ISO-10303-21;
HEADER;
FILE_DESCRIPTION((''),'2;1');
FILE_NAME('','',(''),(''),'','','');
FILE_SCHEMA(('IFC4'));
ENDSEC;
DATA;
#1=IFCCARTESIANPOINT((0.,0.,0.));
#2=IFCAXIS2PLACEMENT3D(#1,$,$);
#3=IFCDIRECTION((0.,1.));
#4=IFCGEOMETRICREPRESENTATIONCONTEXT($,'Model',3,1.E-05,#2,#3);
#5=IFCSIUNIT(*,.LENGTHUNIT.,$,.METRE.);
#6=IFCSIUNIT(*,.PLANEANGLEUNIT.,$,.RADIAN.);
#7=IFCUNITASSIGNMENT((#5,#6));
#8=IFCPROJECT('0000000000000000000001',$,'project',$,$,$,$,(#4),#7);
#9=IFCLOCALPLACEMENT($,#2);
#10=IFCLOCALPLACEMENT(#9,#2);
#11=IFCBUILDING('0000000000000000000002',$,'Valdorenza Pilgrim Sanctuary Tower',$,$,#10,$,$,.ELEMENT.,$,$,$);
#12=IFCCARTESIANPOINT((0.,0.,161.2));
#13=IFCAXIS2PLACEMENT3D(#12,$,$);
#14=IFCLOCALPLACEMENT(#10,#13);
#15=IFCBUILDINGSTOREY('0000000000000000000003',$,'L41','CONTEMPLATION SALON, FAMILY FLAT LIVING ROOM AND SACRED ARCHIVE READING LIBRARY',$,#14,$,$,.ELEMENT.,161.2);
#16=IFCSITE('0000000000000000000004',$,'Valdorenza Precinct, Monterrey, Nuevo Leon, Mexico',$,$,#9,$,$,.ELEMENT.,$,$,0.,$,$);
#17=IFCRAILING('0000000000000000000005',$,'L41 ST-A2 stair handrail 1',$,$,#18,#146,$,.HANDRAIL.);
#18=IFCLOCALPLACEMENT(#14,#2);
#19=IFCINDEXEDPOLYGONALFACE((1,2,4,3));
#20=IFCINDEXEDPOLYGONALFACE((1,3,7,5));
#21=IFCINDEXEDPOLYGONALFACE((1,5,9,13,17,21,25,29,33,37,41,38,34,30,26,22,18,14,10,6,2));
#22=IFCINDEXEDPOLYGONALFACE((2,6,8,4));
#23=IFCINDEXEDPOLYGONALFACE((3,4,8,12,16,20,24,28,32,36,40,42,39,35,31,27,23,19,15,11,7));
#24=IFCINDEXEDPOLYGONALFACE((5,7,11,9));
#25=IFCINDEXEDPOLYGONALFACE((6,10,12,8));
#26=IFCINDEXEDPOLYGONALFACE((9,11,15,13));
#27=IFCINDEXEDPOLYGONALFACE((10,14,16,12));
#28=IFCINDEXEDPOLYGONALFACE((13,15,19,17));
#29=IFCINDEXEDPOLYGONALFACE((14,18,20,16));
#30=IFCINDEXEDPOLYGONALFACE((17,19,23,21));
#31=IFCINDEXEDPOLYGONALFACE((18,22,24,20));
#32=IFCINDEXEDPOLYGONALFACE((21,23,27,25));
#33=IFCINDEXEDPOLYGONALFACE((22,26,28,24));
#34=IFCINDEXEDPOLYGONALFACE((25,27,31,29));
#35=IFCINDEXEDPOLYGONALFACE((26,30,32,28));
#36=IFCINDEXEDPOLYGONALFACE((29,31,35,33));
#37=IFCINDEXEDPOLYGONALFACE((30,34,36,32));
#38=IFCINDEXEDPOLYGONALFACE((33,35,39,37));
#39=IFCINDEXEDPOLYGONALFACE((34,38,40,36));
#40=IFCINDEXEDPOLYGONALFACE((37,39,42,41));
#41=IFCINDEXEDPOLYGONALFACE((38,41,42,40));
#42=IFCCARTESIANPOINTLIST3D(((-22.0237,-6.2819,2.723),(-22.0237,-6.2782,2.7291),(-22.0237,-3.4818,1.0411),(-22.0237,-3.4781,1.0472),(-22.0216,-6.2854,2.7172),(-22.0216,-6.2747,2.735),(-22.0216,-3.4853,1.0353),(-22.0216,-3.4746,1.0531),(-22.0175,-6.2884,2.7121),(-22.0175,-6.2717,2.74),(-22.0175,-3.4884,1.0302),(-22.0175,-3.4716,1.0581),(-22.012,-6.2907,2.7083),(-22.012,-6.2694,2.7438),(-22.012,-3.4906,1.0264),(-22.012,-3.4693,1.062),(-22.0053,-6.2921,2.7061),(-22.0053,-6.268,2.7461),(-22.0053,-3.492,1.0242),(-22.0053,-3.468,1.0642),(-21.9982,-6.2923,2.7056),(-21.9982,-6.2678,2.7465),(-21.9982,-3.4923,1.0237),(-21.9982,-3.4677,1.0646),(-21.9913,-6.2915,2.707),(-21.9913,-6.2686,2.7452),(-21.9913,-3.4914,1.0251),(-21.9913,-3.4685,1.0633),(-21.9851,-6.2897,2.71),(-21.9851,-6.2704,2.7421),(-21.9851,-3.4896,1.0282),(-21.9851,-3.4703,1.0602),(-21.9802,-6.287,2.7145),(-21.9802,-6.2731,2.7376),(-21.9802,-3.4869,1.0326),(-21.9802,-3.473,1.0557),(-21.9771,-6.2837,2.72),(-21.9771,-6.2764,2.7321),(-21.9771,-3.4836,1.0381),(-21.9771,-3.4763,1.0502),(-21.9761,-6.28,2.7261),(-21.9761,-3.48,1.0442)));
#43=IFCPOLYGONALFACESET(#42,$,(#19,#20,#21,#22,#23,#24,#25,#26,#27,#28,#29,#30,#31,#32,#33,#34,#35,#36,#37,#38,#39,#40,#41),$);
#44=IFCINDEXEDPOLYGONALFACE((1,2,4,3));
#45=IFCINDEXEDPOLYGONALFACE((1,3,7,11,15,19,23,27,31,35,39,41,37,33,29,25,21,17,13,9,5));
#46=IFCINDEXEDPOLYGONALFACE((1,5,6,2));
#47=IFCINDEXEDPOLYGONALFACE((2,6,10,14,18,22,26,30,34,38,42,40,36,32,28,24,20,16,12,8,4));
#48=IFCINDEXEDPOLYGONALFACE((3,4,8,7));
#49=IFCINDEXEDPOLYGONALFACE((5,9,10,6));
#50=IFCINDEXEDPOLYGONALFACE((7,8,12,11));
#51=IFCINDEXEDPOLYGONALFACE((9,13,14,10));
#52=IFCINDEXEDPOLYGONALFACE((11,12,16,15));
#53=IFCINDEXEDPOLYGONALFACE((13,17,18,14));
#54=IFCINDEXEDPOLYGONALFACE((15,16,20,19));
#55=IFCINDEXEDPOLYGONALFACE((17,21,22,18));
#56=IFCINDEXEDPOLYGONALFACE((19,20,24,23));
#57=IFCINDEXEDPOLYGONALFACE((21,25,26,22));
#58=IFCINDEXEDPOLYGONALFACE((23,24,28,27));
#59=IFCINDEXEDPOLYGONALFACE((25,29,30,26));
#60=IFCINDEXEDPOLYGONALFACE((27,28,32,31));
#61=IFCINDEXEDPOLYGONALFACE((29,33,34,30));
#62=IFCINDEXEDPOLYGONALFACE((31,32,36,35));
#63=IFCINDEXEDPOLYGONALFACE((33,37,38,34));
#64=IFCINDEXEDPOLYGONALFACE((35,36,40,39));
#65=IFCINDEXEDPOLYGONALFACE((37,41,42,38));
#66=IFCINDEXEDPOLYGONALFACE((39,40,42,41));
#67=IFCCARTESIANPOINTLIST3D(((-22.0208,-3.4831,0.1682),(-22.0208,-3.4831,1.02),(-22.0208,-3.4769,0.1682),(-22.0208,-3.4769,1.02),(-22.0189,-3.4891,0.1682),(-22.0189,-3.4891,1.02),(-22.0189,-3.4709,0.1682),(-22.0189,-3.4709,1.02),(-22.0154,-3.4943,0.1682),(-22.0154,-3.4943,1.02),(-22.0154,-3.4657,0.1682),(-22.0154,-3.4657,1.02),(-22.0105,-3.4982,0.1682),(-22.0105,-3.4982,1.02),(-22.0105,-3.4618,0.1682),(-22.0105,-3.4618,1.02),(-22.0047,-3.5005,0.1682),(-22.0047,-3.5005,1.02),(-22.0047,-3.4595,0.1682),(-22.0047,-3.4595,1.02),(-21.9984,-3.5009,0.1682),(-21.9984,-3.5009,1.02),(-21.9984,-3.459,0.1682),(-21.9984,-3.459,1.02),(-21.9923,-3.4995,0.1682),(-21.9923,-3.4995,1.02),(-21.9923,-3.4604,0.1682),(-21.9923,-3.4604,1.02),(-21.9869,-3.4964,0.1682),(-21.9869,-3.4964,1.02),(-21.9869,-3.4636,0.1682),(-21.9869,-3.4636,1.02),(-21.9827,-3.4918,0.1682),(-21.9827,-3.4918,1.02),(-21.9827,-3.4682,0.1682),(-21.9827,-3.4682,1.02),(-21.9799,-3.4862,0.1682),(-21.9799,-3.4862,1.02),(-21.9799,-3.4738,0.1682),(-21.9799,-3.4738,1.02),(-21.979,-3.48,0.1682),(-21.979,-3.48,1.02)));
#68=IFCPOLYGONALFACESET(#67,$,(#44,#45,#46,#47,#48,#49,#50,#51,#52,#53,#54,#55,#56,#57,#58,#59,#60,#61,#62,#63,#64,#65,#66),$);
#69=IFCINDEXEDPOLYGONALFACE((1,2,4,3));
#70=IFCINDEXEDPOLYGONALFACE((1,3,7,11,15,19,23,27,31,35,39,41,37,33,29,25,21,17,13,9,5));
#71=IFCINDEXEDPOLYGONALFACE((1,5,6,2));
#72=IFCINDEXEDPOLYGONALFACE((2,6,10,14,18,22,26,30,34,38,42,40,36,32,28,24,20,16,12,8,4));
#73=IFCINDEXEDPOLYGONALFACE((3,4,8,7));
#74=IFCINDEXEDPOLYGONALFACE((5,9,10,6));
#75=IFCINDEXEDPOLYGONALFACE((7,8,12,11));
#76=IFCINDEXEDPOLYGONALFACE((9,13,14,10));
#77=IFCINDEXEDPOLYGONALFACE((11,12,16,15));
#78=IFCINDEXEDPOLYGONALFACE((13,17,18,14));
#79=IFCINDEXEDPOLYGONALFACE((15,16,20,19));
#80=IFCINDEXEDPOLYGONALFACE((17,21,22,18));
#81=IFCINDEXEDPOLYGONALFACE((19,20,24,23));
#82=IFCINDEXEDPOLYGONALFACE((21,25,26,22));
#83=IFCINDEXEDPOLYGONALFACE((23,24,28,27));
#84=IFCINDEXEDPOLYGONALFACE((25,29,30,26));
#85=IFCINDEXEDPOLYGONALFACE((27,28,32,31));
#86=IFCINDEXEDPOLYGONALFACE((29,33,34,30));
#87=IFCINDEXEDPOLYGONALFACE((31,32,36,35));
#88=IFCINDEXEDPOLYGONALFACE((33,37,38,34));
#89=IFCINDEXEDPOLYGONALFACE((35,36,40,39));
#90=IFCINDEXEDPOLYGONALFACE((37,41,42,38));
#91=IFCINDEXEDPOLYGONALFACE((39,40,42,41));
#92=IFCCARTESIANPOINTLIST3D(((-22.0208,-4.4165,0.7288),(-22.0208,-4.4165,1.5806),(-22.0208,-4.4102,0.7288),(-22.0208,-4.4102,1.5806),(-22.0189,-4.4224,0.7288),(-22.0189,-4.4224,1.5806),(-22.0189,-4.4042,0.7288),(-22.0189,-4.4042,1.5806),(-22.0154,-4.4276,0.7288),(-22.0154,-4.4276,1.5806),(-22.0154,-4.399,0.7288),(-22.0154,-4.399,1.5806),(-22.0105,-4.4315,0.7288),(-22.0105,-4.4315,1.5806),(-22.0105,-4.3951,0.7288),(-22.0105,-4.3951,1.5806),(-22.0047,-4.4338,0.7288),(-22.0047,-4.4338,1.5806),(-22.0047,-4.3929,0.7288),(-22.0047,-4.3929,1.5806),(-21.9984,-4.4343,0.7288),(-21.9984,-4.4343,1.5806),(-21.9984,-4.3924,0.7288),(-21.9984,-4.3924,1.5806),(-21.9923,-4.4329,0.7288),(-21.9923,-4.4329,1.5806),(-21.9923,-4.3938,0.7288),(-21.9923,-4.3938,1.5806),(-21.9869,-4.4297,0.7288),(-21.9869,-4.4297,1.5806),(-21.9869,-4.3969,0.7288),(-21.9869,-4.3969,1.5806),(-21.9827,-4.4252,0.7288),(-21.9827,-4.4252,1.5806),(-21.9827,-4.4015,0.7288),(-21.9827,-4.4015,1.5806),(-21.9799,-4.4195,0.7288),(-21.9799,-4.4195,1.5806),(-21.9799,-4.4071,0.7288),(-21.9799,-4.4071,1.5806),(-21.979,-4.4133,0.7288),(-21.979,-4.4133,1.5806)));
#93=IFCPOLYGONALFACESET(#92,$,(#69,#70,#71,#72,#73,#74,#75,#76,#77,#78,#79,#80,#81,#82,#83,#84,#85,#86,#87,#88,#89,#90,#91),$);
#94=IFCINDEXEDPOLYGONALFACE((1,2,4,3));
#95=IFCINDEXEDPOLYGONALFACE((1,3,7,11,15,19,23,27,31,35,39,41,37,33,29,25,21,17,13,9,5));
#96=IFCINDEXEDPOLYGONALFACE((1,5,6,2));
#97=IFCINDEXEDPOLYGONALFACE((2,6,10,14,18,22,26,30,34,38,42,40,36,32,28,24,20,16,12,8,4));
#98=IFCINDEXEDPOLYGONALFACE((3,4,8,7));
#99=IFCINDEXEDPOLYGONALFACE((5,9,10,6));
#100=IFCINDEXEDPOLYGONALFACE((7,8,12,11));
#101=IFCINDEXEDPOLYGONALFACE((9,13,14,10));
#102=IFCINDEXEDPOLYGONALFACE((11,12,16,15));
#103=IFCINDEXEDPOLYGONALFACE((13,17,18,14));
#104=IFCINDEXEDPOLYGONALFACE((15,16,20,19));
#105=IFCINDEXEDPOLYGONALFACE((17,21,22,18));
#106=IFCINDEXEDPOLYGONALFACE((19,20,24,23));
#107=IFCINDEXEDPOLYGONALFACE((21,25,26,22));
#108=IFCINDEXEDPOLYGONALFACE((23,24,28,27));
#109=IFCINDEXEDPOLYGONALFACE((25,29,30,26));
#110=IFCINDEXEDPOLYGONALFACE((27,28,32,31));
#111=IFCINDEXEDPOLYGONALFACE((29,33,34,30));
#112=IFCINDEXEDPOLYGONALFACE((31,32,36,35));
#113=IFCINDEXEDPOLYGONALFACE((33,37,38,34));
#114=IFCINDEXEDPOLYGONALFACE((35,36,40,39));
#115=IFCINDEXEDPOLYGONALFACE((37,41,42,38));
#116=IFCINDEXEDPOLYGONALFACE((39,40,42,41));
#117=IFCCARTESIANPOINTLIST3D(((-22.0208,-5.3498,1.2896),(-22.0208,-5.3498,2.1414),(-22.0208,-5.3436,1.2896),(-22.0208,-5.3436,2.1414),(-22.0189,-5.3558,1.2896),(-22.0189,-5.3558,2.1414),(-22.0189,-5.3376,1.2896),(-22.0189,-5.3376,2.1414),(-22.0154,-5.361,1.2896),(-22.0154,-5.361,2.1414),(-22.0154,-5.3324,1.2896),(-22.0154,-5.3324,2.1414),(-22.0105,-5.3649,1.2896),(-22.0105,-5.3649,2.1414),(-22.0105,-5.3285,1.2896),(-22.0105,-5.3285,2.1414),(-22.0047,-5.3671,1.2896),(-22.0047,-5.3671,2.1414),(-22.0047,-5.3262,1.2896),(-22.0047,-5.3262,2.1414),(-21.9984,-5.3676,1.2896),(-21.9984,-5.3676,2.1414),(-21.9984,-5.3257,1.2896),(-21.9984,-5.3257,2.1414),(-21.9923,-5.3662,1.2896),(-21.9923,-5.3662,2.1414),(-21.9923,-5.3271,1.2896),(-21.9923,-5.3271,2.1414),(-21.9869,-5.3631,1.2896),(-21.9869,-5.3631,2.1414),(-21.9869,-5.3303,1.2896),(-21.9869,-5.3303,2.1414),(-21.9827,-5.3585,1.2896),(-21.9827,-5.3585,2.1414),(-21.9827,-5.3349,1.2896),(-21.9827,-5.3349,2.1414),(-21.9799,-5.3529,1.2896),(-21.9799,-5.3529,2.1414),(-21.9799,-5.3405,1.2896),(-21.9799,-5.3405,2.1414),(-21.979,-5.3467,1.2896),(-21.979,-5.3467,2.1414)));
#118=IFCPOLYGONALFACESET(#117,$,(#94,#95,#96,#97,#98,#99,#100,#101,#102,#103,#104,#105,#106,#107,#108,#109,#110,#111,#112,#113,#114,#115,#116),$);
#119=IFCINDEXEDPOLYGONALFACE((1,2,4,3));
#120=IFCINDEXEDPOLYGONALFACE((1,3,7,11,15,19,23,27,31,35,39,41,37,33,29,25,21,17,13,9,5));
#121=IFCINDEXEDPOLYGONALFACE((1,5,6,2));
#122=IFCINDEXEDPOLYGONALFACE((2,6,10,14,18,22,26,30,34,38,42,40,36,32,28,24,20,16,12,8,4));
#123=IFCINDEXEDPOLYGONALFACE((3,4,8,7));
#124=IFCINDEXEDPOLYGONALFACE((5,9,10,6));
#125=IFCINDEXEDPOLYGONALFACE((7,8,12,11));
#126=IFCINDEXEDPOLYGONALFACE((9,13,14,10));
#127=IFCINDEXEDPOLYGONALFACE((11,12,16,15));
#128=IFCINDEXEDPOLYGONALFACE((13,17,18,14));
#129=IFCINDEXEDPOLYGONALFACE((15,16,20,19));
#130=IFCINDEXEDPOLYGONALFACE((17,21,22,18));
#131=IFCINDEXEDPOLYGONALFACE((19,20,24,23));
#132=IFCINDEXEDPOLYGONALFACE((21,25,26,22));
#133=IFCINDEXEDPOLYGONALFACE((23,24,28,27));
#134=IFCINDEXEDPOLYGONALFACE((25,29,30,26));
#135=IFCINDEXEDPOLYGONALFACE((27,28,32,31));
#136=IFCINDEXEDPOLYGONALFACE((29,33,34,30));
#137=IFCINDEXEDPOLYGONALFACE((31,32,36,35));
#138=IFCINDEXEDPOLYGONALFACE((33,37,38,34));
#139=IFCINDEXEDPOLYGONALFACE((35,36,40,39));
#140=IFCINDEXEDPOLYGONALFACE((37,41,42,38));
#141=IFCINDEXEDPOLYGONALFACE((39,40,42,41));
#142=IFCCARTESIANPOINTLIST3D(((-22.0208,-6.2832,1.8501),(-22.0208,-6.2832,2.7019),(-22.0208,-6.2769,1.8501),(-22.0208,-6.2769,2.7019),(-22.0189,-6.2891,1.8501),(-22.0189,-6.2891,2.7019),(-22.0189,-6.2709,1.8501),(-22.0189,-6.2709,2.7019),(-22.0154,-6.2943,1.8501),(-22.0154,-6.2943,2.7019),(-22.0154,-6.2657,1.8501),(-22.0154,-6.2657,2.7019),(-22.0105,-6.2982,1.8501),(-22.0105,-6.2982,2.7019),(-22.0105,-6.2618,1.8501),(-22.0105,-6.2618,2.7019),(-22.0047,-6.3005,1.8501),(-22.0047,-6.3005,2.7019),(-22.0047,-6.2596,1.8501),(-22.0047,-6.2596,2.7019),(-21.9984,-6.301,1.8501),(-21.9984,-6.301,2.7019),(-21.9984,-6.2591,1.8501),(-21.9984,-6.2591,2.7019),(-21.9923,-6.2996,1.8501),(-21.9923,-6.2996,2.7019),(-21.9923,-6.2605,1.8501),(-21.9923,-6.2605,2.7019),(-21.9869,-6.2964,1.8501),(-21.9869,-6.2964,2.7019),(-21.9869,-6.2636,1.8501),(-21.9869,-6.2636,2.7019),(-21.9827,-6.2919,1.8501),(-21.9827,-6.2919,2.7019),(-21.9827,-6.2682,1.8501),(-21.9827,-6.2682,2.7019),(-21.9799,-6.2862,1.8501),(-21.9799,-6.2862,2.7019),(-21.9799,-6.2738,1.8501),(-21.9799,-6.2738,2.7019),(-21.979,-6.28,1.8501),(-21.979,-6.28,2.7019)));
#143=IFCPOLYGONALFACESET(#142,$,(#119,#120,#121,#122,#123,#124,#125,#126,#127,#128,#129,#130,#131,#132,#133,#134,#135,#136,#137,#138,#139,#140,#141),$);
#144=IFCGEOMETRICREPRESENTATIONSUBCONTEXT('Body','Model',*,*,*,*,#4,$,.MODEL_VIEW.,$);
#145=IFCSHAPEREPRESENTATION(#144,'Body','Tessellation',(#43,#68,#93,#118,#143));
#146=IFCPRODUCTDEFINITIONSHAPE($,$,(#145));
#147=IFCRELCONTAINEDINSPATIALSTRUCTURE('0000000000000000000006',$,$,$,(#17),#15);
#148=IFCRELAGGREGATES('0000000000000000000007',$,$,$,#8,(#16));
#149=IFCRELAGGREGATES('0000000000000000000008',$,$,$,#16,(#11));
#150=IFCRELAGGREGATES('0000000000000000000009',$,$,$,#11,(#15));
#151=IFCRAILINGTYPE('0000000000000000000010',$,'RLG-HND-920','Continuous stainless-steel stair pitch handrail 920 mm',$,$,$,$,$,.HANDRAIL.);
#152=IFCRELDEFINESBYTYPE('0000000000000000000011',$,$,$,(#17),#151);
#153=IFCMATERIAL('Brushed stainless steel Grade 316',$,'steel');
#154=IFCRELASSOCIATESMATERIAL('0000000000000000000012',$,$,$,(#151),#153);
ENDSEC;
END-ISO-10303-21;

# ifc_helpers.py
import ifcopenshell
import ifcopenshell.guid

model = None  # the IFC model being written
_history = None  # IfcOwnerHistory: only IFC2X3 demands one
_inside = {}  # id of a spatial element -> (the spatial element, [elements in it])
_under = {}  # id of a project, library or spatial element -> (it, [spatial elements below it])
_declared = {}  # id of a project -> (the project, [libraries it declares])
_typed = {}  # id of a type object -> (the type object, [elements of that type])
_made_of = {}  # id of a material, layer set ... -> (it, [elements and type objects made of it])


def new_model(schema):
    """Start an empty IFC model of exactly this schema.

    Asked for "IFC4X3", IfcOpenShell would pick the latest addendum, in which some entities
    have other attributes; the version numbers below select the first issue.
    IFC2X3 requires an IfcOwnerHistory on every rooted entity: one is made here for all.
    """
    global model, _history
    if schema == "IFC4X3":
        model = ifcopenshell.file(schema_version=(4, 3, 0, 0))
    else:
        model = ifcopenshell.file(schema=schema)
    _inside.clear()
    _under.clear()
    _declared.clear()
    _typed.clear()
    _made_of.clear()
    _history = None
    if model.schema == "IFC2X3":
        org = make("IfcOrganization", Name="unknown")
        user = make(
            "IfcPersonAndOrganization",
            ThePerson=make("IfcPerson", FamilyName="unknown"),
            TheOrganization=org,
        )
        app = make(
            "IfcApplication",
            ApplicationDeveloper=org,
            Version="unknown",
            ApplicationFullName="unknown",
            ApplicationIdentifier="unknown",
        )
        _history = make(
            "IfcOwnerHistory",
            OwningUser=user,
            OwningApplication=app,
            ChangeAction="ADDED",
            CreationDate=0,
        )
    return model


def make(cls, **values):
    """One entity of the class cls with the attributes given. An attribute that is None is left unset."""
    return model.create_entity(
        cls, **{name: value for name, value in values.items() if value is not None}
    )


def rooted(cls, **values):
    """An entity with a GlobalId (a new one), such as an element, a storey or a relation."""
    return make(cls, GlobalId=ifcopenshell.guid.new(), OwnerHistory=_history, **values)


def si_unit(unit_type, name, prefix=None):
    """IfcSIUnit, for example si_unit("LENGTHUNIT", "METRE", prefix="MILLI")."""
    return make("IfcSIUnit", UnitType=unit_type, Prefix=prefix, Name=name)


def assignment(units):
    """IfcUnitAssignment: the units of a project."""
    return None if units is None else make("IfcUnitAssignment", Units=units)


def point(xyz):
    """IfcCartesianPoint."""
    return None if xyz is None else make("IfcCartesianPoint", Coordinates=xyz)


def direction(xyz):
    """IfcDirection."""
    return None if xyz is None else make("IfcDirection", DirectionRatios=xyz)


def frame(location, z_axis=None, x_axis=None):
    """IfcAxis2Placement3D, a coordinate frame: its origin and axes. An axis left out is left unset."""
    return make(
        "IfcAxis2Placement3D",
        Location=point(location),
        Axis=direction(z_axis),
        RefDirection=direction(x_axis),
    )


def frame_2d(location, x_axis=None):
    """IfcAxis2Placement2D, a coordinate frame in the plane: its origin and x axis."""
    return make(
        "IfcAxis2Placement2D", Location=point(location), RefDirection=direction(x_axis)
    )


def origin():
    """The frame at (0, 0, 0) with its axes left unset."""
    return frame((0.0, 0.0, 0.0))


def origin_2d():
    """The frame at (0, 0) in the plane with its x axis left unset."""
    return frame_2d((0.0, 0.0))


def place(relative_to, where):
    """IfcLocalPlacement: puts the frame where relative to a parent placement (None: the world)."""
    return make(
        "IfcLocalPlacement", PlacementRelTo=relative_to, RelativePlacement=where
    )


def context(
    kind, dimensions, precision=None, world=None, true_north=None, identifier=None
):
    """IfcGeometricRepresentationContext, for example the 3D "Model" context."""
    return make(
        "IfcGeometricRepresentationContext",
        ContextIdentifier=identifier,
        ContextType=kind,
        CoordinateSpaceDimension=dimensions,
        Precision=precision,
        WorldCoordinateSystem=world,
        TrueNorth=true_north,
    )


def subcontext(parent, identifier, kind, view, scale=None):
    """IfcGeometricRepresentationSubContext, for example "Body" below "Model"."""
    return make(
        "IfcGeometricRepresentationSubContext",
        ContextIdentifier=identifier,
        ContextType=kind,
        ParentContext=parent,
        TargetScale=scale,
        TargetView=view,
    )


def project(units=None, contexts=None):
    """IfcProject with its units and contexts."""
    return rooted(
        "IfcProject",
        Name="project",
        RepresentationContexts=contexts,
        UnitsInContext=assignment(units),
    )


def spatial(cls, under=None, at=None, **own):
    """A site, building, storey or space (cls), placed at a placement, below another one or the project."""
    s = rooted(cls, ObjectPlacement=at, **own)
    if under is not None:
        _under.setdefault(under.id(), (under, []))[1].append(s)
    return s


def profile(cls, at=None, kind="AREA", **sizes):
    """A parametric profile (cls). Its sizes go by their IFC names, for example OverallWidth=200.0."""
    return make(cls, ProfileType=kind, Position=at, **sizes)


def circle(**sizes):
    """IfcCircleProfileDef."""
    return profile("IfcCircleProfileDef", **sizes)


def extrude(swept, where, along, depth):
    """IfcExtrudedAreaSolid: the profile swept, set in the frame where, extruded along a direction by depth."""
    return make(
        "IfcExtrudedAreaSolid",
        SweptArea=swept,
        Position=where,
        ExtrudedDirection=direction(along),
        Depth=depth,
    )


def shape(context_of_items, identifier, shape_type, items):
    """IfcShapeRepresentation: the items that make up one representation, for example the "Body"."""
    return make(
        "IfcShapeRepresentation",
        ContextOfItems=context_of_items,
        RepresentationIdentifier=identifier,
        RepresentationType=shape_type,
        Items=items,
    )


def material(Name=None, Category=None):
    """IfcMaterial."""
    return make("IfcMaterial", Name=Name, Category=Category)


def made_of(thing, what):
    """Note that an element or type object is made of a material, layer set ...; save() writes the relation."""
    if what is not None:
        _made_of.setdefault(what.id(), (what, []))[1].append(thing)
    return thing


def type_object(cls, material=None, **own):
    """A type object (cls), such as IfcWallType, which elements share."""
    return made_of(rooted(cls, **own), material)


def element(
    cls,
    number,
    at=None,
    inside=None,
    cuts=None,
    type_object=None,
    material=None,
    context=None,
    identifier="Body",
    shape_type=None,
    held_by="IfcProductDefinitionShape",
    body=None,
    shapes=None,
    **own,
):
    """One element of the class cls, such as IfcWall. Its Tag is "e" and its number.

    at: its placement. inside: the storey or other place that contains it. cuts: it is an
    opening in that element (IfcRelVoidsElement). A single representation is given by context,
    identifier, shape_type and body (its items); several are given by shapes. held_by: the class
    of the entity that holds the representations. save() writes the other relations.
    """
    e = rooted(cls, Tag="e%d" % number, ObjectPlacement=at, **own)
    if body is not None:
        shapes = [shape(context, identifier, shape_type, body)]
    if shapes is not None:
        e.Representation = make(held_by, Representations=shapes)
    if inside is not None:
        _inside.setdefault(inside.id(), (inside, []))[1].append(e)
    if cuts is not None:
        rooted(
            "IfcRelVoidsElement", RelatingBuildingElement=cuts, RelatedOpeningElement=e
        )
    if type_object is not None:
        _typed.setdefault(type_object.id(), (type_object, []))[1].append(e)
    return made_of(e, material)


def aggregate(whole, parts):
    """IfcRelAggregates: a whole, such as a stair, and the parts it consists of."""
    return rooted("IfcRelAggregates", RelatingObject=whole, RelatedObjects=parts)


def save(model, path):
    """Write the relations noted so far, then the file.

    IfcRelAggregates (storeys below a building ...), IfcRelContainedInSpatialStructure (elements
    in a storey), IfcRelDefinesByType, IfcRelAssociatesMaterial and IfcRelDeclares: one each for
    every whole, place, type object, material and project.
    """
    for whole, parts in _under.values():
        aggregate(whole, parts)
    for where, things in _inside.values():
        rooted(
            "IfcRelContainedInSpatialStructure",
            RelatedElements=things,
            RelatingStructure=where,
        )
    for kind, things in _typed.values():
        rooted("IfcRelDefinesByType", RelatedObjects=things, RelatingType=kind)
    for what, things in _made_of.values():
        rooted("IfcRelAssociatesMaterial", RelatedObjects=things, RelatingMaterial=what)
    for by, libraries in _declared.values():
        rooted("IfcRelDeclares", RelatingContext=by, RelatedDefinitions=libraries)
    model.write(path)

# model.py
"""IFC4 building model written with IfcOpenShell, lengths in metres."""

from ifc_helpers import new_model, si_unit, direction, frame, origin, origin_2d, place, context, subcontext, project, spatial, circle, extrude, material, type_object, element, save


model = new_model("IFC4")

# Units and contexts
model_context = context("Model", 3, precision=1e-05, world=origin(), true_north=direction((0.0, 1.0)))
body_context = subcontext(model_context, "Body", "Model", "MODEL_VIEW")
ifc_project = project(units=[si_unit("LENGTHUNIT", "METRE"), si_unit("PLANEANGLEUNIT", "RADIAN")], contexts=[model_context])

# Site, building, storey
site_placement = place(None, origin())
site = spatial("IfcSite", under=ifc_project, at=site_placement, Name="Valdorenza Precinct, Monterrey, Nuevo Leon, Mexico", CompositionType="ELEMENT", RefElevation=0.0)
building_placement = place(site_placement, origin())
building = spatial("IfcBuilding", under=site, at=building_placement, Name="Valdorenza Pilgrim Sanctuary Tower", CompositionType="ELEMENT")
storey_placement = place(building_placement, frame((0.0, 0.0, 161.2)))
storey = spatial("IfcBuildingStorey", under=building, at=storey_placement, Name="L41", Description="CONTEMPLATION SALON, FAMILY FLAT LIVING ROOM AND SACRED ARCHIVE READING LIBRARY", CompositionType="ELEMENT", Elevation=161.2)

# Shared definitions
ifc_material_1 = material(Name="Brushed stainless steel Grade 316", Category="steel")

# Railing
railing_type_1 = type_object("IfcRailingType", Name="RLG-HND-920", Description="Continuous stainless-steel stair pitch handrail 920 mm", PredefinedType="HANDRAIL", material=ifc_material_1)
railing_1_placement = place(storey_placement, frame((-22.0, -3.48, 0.1682)))
element("IfcRailing", 1, at=railing_1_placement, inside=storey, type_object=railing_type_1, Name="L41 ST-A2 stair handrail 1", PredefinedType="HANDRAIL", context=body_context, shape_type="SweptSolid", body=[
    extrude(circle(Radius=0.0239, at=origin_2d()), frame((0.0, 0.0, 0.876), z_axis=(0.0, -0.857242, 0.514913), x_axis=(1.0, 0.0, 0.0)), (0.0, 0.0, 1.0), 3.2664),
    extrude(circle(Radius=0.021, at=origin_2d()), origin(), (0.0, 0.0, 1.0), 0.8518),
    extrude(circle(Radius=0.021, at=origin_2d()), frame((0.0, -0.9333, 0.5605)), (0.0, 0.0, 1.0), 0.8518),
    extrude(circle(Radius=0.021, at=origin_2d()), frame((0.0, -1.8667, 1.1213)), (0.0, 0.0, 1.0), 0.8518),
    extrude(circle(Radius=0.021, at=origin_2d()), frame((0.0, -2.8, 1.6819)), (0.0, 0.0, 1.0), 0.8518),
])

save(model, "model.ifc")
